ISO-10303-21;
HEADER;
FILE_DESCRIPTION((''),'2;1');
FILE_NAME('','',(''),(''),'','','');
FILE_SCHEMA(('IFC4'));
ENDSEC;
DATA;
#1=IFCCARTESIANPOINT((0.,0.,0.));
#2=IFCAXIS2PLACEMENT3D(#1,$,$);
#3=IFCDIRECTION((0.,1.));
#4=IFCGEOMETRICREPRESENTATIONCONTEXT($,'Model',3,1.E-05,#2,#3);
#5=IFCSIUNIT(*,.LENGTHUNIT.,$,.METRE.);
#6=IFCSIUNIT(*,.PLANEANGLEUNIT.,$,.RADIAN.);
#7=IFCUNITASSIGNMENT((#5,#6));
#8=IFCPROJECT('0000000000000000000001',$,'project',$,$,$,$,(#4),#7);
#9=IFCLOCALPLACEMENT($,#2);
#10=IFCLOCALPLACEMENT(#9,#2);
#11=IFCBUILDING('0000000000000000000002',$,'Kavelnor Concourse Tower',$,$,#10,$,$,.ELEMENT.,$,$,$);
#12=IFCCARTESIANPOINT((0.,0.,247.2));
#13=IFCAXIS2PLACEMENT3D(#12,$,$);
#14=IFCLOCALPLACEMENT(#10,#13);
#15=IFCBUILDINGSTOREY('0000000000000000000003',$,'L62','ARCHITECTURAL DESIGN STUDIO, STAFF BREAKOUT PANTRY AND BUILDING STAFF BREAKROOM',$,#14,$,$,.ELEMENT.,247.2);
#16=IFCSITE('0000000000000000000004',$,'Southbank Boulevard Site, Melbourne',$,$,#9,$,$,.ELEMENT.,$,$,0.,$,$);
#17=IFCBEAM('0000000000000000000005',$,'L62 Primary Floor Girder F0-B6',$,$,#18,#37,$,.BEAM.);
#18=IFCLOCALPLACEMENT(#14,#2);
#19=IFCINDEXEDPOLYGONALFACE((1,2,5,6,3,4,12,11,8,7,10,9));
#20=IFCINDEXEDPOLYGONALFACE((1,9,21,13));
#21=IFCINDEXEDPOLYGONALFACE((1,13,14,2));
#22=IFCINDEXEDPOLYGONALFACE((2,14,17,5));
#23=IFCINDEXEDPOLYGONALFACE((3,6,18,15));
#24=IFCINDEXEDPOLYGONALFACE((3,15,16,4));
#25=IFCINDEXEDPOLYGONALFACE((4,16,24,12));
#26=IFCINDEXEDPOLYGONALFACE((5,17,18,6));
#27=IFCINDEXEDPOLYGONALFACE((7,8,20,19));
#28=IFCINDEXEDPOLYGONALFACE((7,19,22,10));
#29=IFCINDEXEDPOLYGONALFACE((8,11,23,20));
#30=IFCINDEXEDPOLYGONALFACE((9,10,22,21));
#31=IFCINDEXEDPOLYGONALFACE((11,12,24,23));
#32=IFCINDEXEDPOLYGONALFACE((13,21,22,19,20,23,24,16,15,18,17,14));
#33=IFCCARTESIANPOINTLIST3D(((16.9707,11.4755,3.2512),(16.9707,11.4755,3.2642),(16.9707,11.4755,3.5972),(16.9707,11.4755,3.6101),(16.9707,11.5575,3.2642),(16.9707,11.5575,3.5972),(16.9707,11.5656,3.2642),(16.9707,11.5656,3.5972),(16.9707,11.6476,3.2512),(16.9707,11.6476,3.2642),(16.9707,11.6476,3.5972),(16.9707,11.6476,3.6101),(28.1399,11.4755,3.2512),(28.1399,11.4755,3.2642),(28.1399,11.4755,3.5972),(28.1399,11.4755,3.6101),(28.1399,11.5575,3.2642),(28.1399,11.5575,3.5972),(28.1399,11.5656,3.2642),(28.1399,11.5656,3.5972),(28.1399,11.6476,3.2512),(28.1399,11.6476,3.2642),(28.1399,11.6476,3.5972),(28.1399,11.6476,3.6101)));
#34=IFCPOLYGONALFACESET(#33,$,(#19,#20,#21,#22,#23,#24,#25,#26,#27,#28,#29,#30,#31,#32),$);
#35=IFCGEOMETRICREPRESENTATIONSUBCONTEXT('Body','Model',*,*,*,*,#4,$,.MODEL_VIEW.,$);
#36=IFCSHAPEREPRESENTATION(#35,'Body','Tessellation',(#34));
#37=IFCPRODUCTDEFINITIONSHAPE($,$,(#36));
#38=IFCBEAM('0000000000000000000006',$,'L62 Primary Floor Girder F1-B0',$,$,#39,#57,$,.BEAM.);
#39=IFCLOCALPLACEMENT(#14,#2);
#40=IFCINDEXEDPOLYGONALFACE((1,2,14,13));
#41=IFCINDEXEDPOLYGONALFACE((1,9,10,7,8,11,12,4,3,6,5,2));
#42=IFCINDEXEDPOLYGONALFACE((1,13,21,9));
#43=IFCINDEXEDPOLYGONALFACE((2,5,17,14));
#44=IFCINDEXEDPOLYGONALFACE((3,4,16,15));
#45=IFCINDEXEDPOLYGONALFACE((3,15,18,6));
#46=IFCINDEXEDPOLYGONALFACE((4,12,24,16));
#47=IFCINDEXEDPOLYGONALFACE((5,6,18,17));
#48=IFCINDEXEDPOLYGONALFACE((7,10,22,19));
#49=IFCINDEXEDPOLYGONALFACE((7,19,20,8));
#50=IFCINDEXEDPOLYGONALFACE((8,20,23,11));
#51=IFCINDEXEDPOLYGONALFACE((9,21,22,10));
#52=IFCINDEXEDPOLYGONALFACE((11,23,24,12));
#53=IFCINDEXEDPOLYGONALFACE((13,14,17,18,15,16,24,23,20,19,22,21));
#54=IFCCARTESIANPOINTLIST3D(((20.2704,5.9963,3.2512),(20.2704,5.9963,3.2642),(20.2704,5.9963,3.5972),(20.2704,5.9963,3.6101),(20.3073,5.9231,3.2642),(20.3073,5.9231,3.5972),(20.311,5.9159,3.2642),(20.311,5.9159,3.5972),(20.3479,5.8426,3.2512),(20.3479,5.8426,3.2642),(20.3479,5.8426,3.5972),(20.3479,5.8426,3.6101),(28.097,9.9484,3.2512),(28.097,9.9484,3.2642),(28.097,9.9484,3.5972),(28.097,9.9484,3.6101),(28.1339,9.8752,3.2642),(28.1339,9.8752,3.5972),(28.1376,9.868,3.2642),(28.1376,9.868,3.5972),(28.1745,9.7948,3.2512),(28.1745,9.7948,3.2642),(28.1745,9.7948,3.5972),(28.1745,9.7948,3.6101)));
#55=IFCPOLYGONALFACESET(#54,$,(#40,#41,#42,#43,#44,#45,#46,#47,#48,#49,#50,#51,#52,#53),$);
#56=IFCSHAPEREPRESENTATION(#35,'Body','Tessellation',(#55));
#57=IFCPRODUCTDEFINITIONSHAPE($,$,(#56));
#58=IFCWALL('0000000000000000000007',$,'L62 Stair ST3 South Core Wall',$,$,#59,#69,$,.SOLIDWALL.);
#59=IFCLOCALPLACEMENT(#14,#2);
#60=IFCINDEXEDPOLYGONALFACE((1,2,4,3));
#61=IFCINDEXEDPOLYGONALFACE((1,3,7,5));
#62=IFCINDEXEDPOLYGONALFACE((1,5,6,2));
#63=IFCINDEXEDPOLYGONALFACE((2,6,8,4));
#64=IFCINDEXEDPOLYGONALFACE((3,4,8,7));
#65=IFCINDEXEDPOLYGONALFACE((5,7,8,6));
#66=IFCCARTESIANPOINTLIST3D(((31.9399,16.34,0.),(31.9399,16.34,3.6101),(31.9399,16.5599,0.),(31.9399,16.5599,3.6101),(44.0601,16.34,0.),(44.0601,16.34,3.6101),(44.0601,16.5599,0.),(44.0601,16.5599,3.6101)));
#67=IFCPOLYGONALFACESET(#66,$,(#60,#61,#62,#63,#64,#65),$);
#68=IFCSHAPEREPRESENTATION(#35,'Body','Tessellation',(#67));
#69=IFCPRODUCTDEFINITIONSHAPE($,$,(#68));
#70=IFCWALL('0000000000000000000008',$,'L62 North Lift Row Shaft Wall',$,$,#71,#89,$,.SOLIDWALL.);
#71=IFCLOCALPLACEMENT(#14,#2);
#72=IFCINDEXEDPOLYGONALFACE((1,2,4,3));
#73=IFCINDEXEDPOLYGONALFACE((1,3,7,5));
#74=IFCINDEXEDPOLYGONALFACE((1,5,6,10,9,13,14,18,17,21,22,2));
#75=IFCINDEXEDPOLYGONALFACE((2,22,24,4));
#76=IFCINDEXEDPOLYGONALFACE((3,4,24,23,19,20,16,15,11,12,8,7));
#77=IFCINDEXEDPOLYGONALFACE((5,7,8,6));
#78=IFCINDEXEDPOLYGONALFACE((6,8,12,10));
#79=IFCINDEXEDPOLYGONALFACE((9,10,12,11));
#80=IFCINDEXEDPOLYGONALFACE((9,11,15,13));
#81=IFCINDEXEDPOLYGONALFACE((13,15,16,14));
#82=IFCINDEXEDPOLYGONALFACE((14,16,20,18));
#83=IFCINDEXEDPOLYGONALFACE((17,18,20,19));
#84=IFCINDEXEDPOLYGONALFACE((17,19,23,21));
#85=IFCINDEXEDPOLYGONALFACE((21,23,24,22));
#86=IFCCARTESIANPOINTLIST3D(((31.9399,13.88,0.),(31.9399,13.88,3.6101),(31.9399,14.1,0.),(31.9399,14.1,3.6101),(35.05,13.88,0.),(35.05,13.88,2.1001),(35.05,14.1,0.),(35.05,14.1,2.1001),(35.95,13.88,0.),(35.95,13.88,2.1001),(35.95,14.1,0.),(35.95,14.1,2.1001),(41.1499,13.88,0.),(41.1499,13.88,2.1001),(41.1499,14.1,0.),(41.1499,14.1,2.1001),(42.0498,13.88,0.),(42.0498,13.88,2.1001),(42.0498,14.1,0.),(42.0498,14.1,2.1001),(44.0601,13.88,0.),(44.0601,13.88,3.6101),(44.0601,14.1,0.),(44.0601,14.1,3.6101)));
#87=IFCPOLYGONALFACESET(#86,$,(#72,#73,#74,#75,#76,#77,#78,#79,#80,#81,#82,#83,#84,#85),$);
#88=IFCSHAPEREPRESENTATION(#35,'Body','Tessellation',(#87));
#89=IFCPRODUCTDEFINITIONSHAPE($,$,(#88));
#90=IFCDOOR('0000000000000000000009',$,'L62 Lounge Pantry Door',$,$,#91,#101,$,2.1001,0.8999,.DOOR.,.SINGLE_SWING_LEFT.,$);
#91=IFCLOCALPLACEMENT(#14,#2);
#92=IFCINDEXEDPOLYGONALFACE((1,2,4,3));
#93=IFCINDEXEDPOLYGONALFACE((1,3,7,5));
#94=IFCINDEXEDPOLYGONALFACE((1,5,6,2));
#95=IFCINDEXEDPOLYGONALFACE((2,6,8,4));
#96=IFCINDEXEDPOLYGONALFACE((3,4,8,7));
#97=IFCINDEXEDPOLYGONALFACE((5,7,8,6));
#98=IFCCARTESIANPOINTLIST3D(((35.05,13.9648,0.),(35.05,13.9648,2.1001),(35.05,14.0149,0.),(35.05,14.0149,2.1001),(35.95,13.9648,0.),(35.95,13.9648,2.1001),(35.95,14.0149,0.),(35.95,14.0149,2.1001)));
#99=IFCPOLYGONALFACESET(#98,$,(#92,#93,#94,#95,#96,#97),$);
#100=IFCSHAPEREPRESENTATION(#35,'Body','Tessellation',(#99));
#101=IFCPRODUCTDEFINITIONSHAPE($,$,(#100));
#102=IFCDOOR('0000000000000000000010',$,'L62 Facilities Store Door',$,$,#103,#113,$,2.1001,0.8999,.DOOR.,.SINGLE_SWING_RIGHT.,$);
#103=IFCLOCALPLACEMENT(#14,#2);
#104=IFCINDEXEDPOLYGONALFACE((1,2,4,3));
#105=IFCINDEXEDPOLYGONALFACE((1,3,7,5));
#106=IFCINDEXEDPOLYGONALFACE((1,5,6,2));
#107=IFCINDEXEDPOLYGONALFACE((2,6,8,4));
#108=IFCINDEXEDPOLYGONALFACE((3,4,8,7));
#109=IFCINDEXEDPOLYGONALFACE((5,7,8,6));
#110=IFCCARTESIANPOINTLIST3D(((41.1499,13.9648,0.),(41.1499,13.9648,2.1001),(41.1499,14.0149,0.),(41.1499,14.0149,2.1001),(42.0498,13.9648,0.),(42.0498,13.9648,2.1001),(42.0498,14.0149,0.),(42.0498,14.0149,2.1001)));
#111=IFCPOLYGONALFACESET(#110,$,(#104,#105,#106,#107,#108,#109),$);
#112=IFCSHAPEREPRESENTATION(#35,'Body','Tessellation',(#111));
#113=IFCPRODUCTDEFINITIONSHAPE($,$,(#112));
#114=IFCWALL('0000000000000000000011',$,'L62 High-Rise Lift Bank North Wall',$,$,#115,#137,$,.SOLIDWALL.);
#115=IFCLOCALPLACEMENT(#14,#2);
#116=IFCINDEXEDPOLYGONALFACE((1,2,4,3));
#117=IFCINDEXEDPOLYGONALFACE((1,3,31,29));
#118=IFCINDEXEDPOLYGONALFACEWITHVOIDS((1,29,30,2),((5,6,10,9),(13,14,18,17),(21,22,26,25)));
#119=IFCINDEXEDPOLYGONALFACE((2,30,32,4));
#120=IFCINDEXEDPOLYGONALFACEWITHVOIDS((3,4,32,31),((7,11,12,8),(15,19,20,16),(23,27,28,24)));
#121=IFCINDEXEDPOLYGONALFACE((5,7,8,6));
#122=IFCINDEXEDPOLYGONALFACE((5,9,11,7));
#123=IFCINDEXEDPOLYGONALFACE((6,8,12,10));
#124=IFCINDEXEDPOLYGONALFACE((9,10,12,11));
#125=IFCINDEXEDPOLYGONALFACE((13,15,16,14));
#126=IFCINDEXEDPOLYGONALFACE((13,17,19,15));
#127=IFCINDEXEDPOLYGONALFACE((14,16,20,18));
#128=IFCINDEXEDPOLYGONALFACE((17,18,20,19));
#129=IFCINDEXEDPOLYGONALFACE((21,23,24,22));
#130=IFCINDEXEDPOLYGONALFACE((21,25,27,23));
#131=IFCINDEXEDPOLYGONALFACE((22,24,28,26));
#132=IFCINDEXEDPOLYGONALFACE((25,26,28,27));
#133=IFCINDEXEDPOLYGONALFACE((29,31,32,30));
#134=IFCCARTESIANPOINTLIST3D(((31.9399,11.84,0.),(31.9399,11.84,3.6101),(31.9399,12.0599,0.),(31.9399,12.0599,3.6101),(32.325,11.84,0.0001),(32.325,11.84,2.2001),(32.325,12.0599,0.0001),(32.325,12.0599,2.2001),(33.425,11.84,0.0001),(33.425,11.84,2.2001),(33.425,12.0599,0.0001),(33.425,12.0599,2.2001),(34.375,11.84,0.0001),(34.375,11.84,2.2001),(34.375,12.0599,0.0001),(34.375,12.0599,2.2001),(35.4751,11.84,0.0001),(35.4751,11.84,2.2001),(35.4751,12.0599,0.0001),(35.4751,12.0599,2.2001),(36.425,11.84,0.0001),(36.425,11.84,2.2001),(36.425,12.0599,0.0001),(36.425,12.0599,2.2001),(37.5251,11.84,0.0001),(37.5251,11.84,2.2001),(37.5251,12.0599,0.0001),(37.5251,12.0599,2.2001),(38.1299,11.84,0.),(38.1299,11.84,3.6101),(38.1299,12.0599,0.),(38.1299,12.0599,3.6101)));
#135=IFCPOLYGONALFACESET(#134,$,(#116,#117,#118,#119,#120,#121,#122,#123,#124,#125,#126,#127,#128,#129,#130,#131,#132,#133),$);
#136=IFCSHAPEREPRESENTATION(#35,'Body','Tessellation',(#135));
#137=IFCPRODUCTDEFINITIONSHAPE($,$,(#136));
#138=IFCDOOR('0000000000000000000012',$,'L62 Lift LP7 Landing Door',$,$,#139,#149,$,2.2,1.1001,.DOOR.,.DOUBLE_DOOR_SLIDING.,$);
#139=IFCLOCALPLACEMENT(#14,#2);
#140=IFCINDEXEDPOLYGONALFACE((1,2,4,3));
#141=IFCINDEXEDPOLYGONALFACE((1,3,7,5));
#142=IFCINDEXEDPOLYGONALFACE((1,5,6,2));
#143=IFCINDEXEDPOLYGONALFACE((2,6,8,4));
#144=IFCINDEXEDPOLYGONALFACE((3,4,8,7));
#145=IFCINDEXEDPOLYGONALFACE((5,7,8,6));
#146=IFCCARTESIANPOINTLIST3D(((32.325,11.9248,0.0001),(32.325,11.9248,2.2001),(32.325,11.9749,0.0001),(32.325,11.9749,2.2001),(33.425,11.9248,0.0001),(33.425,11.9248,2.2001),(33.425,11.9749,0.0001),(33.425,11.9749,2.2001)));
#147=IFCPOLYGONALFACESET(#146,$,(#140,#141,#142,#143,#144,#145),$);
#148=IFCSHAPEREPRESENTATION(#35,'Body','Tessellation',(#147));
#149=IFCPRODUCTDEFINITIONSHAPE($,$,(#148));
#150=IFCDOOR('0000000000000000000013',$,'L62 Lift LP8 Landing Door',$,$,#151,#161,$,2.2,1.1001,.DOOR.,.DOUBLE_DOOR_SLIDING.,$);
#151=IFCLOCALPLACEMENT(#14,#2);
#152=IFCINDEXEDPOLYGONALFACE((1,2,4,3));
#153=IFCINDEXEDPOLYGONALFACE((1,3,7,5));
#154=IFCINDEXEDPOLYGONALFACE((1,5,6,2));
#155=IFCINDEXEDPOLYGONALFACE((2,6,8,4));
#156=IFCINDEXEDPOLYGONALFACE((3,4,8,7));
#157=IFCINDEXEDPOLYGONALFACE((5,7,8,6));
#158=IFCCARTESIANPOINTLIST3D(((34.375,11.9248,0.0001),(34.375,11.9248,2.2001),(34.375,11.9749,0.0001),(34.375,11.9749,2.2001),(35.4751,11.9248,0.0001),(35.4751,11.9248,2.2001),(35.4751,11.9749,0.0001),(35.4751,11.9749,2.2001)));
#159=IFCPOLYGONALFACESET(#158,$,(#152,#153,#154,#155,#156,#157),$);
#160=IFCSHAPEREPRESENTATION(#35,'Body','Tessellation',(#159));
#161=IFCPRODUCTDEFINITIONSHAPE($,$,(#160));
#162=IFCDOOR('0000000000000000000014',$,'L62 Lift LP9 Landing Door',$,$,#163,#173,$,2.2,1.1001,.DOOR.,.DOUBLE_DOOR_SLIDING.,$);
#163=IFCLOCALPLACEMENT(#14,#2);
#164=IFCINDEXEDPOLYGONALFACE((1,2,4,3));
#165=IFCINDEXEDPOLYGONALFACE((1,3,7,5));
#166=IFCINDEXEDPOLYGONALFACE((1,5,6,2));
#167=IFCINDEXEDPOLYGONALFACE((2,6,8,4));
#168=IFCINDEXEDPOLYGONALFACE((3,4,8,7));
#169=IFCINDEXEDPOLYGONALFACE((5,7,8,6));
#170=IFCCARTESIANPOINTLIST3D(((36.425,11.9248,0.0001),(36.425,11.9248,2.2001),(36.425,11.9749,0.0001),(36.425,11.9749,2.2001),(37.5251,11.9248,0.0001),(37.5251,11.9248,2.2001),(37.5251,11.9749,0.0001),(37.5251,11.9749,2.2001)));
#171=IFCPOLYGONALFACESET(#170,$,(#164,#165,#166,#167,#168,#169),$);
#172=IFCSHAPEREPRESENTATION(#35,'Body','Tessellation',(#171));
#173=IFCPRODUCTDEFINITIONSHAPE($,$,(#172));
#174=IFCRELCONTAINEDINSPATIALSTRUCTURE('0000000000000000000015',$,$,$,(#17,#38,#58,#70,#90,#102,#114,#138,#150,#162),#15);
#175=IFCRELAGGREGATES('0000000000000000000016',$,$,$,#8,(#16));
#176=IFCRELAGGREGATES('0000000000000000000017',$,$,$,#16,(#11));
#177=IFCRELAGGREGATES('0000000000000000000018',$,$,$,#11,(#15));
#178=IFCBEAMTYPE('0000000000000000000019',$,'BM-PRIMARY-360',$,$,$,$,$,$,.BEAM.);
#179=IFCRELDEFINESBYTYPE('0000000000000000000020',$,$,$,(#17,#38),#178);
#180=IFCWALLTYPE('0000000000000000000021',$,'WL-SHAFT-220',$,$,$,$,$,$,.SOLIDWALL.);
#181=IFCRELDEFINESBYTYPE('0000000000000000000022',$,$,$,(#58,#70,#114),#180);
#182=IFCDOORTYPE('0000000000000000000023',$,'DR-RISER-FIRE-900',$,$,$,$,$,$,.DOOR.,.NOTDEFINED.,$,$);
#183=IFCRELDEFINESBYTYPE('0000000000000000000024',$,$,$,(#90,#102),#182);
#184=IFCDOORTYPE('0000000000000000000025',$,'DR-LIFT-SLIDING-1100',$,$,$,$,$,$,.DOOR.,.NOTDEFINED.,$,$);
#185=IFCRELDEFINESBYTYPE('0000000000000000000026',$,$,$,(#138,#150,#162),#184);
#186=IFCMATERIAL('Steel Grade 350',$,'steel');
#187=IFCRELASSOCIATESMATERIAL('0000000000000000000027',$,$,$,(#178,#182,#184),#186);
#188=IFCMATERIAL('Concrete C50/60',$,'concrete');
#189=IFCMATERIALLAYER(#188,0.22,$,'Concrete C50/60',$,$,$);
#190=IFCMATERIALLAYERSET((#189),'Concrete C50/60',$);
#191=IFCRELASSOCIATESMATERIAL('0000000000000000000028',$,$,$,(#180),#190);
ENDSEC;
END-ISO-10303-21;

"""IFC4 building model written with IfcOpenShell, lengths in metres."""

from ifc_helpers import new_model, si_unit, direction, frame, frame_2d, origin, origin_2d, place, context, subcontext, project, spatial, rectangle, i_section, extrude, material, layer, layer_set, material_profile, profile_set, type_object, element, fill, save


model = new_model("IFC4")

# Units and contexts
model_context = context("Model", 3, precision=1e-05, world=origin(), true_north=direction((0.0, 1.0)))
body_context = subcontext(model_context, "Body", "Model", "MODEL_VIEW")
ifc_project = project(units=[si_unit("LENGTHUNIT", "METRE"), si_unit("PLANEANGLEUNIT", "RADIAN")], contexts=[model_context])

# Site, building, storey
site_placement = place(None, origin())
site = spatial("IfcSite", under=ifc_project, at=site_placement, Name="Southbank Boulevard Site, Melbourne", CompositionType="ELEMENT", RefElevation=0.0)
building_placement = place(site_placement, origin())
building = spatial("IfcBuilding", under=site, at=building_placement, Name="Kavelnor Concourse Tower", CompositionType="ELEMENT")
storey_placement = place(building_placement, frame((0.0, 0.0, 247.2)))
storey = spatial("IfcBuildingStorey", under=building, at=storey_placement, Name="L62", Description="ARCHITECTURAL DESIGN STUDIO, STAFF BREAKOUT PANTRY AND BUILDING STAFF BREAKROOM", CompositionType="ELEMENT", Elevation=247.2)

# Beams
ifc_material_1 = material(Name="Steel Grade 350", Category="steel")
ifc_material_profile = material_profile(ifc_material_1, i_section(OverallWidth=0.1721, OverallDepth=0.3589, WebThickness=0.0081, FlangeThickness=0.0129, at=origin_2d()), Name="360UB56")
ifc_profile_set = profile_set([ifc_material_profile], Name="Steel Grade 350")
beam_type = type_object("IfcBeamType", Name="BM-PRIMARY-360", PredefinedType="BEAM", material=ifc_profile_set)
beam_1_placement = place(storey_placement, frame((28.1399, 11.5615, 3.4307), z_axis=(-1.0, 0.0, 0.0), x_axis=(0.0, -1.0, 0.0)))
element("IfcBeam", 1, at=beam_1_placement, inside=storey, type_object=beam_type, Name="L62 Primary Floor Girder F0-B6", PredefinedType="BEAM", context=body_context, shape_type="SweptSolid", body=[
    extrude(i_section(OverallWidth=0.1721, OverallDepth=0.3589, WebThickness=0.0081, FlangeThickness=0.0129, at=origin_2d()), origin(), (0.0, 0.0, 1.0), 11.1692),
])
beam_2_placement = place(storey_placement, frame((28.1357, 9.8716, 3.4307), z_axis=(-0.892649, -0.450752, 0.0), x_axis=(0.450752, -0.892649, 0.0)))
element("IfcBeam", 2, at=beam_2_placement, inside=storey, type_object=beam_type, Name="L62 Primary Floor Girder F1-B0", PredefinedType="BEAM", context=body_context, shape_type="SweptSolid", body=[
    extrude(i_section(OverallWidth=0.1721, OverallDepth=0.3589, WebThickness=0.0081, FlangeThickness=0.0129, at=origin_2d()), origin(), (0.0, 0.0, 1.0), 8.7678),
])

# Wall
ifc_material_2 = material(Name="Concrete C50/60", Category="concrete")
ifc_layer = layer(ifc_material_2, 0.22, Name="Concrete C50/60")
ifc_layer_set = layer_set([ifc_layer], Name="Concrete C50/60")
wall_type = type_object("IfcWallType", Name="WL-SHAFT-220", PredefinedType="SOLIDWALL", material=ifc_layer_set)
wall_1_placement = place(storey_placement, frame((31.9399, 16.45, 0.0), z_axis=(0.0, 0.0, 1.0), x_axis=(1.0, 0.0, 0.0)))
element("IfcWall", 3, at=wall_1_placement, inside=storey, type_object=wall_type, Name="L62 Stair ST3 South Core Wall", PredefinedType="SOLIDWALL", context=body_context, shape_type="SweptSolid", body=[
    extrude(rectangle(XDim=12.1201, YDim=0.22, at=frame_2d((6.0601, 0.0))), origin(), (0.0, 0.0, 1.0), 3.6101),
])

# Walls, openings, doors
wall_2_placement = place(storey_placement, frame((31.9399, 13.99, 0.0), z_axis=(0.0, 0.0, 1.0), x_axis=(1.0, 0.0, 0.0)))
wall_2 = element("IfcWall", 4, at=wall_2_placement, inside=storey, type_object=wall_type, Name="L62 North Lift Row Shaft Wall", PredefinedType="SOLIDWALL", context=body_context, shape_type="SweptSolid", body=[
    extrude(rectangle(XDim=12.1201, YDim=0.22, at=frame_2d((6.0601, 0.0))), origin(), (0.0, 0.0, 1.0), 3.6101),
])
opening_1_placement = place(wall_2_placement, frame((3.1101, 0.0, 0.0)))
opening_1 = element("IfcOpeningElement", 5, at=opening_1_placement, cuts=wall_2, PredefinedType="OPENING", context=body_context, shape_type="SweptSolid", body=[
    extrude(rectangle(XDim=0.8999, YDim=2.1001, at=frame_2d((0.45, 1.05))), frame((0.0, 0.1201, 0.0), z_axis=(0.0, -1.0, 0.0), x_axis=(1.0, 0.0, 0.0)), (0.0, 0.0, 1.0), 0.24),
])
opening_2_placement = place(wall_2_placement, frame((9.21, 0.0, 0.0)))
opening_2 = element("IfcOpeningElement", 6, at=opening_2_placement, cuts=wall_2, PredefinedType="OPENING", context=body_context, shape_type="SweptSolid", body=[
    extrude(rectangle(XDim=0.8999, YDim=2.1001, at=frame_2d((0.45, 1.05))), frame((0.0, 0.1201, 0.0), z_axis=(0.0, -1.0, 0.0), x_axis=(1.0, 0.0, 0.0)), (0.0, 0.0, 1.0), 0.24),
])
door_type_1 = type_object("IfcDoorType", Name="DR-RISER-FIRE-900", OperationType="NOTDEFINED", PredefinedType="DOOR", material=ifc_material_1)
door_1_placement = place(opening_1_placement, origin())
door_1 = element("IfcDoor", 7, at=door_1_placement, inside=storey, type_object=door_type_1, Name="L62 Lounge Pantry Door", OperationType="SINGLE_SWING_LEFT", OverallHeight=2.1001, OverallWidth=0.8999, PredefinedType="DOOR", context=body_context, shape_type="SweptSolid", body=[
    extrude(rectangle(XDim=0.8999, YDim=2.1001, at=frame_2d((0.45, 1.05))), frame((0.0, 0.0249, 0.0), z_axis=(0.0, -1.0, 0.0), x_axis=(1.0, 0.0, 0.0)), (0.0, 0.0, 1.0), 0.05),
])
fill(opening_1, door_1)
door_2_placement = place(opening_2_placement, origin())
door_2 = element("IfcDoor", 8, at=door_2_placement, inside=storey, type_object=door_type_1, Name="L62 Facilities Store Door", OperationType="SINGLE_SWING_RIGHT", OverallHeight=2.1001, OverallWidth=0.8999, PredefinedType="DOOR", context=body_context, shape_type="SweptSolid", body=[
    extrude(rectangle(XDim=0.8999, YDim=2.1001, at=frame_2d((0.45, 1.05))), frame((0.0, 0.0249, 0.0), z_axis=(0.0, -1.0, 0.0), x_axis=(1.0, 0.0, 0.0)), (0.0, 0.0, 1.0), 0.05),
])
fill(opening_2, door_2)
wall_3_placement = place(storey_placement, frame((31.9399, 11.95, 0.0), z_axis=(0.0, 0.0, 1.0), x_axis=(1.0, 0.0, 0.0)))
wall_3 = element("IfcWall", 9, at=wall_3_placement, inside=storey, type_object=wall_type, Name="L62 High-Rise Lift Bank North Wall", PredefinedType="SOLIDWALL", context=body_context, shape_type="SweptSolid", body=[
    extrude(rectangle(XDim=6.1899, YDim=0.22, at=frame_2d((3.095, 0.0))), origin(), (0.0, 0.0, 1.0), 3.6101),
])
opening_3_placement = place(wall_3_placement, frame((0.385, 0.0, 0.0)))
opening_3 = element("IfcOpeningElement", 10, at=opening_3_placement, cuts=wall_3, PredefinedType="OPENING", context=body_context, shape_type="SweptSolid", body=[
    extrude(rectangle(XDim=1.1001, YDim=2.2, at=frame_2d((0.55, 1.1001))), frame((0.0, 0.1201, 0.0), z_axis=(0.0, -1.0, 0.0), x_axis=(1.0, 0.0, 0.0)), (0.0, 0.0, 1.0), 0.24),
])
opening_4_placement = place(wall_3_placement, frame((2.4351, 0.0, 0.0)))
opening_4 = element("IfcOpeningElement", 11, at=opening_4_placement, cuts=wall_3, PredefinedType="OPENING", context=body_context, shape_type="SweptSolid", body=[
    extrude(rectangle(XDim=1.1001, YDim=2.2, at=frame_2d((0.55, 1.1001))), frame((0.0, 0.1201, 0.0), z_axis=(0.0, -1.0, 0.0), x_axis=(1.0, 0.0, 0.0)), (0.0, 0.0, 1.0), 0.24),
])
opening_5_placement = place(wall_3_placement, frame((4.4851, 0.0, 0.0)))
opening_5 = element("IfcOpeningElement", 12, at=opening_5_placement, cuts=wall_3, PredefinedType="OPENING", context=body_context, shape_type="SweptSolid", body=[
    extrude(rectangle(XDim=1.1001, YDim=2.2, at=frame_2d((0.55, 1.1001))), frame((0.0, 0.1201, 0.0), z_axis=(0.0, -1.0, 0.0), x_axis=(1.0, 0.0, 0.0)), (0.0, 0.0, 1.0), 0.24),
])
door_type_2 = type_object("IfcDoorType", Name="DR-LIFT-SLIDING-1100", OperationType="NOTDEFINED", PredefinedType="DOOR", material=ifc_material_1)
door_3_placement = place(opening_3_placement, origin())
door_3 = element("IfcDoor", 13, at=door_3_placement, inside=storey, type_object=door_type_2, Name="L62 Lift LP7 Landing Door", OperationType="DOUBLE_DOOR_SLIDING", OverallHeight=2.2, OverallWidth=1.1001, PredefinedType="DOOR", context=body_context, shape_type="SweptSolid", body=[
    extrude(rectangle(XDim=1.1001, YDim=2.2, at=frame_2d((0.55, 1.1001))), frame((0.0, 0.0249, 0.0), z_axis=(0.0, -1.0, 0.0), x_axis=(1.0, 0.0, 0.0)), (0.0, 0.0, 1.0), 0.05),
])
fill(opening_3, door_3)
door_4_placement = place(opening_4_placement, origin())
door_4 = element("IfcDoor", 14, at=door_4_placement, inside=storey, type_object=door_type_2, Name="L62 Lift LP8 Landing Door", OperationType="DOUBLE_DOOR_SLIDING", OverallHeight=2.2, OverallWidth=1.1001, PredefinedType="DOOR", context=body_context, shape_type="SweptSolid", body=[
    extrude(rectangle(XDim=1.1001, YDim=2.2, at=frame_2d((0.55, 1.1001))), frame((0.0, 0.0249, 0.0), z_axis=(0.0, -1.0, 0.0), x_axis=(1.0, 0.0, 0.0)), (0.0, 0.0, 1.0), 0.05),
])
fill(opening_4, door_4)
door_5_placement = place(opening_5_placement, origin())
door_5 = element("IfcDoor", 15, at=door_5_placement, inside=storey, type_object=door_type_2, Name="L62 Lift LP9 Landing Door", OperationType="DOUBLE_DOOR_SLIDING", OverallHeight=2.2, OverallWidth=1.1001, PredefinedType="DOOR", context=body_context, shape_type="SweptSolid", body=[
    extrude(rectangle(XDim=1.1001, YDim=2.2, at=frame_2d((0.55, 1.1001))), frame((0.0, 0.0249, 0.0), z_axis=(0.0, -1.0, 0.0), x_axis=(1.0, 0.0, 0.0)), (0.0, 0.0, 1.0), 0.05),
])
fill(opening_5, door_5)

save(model, "model.ifc")
